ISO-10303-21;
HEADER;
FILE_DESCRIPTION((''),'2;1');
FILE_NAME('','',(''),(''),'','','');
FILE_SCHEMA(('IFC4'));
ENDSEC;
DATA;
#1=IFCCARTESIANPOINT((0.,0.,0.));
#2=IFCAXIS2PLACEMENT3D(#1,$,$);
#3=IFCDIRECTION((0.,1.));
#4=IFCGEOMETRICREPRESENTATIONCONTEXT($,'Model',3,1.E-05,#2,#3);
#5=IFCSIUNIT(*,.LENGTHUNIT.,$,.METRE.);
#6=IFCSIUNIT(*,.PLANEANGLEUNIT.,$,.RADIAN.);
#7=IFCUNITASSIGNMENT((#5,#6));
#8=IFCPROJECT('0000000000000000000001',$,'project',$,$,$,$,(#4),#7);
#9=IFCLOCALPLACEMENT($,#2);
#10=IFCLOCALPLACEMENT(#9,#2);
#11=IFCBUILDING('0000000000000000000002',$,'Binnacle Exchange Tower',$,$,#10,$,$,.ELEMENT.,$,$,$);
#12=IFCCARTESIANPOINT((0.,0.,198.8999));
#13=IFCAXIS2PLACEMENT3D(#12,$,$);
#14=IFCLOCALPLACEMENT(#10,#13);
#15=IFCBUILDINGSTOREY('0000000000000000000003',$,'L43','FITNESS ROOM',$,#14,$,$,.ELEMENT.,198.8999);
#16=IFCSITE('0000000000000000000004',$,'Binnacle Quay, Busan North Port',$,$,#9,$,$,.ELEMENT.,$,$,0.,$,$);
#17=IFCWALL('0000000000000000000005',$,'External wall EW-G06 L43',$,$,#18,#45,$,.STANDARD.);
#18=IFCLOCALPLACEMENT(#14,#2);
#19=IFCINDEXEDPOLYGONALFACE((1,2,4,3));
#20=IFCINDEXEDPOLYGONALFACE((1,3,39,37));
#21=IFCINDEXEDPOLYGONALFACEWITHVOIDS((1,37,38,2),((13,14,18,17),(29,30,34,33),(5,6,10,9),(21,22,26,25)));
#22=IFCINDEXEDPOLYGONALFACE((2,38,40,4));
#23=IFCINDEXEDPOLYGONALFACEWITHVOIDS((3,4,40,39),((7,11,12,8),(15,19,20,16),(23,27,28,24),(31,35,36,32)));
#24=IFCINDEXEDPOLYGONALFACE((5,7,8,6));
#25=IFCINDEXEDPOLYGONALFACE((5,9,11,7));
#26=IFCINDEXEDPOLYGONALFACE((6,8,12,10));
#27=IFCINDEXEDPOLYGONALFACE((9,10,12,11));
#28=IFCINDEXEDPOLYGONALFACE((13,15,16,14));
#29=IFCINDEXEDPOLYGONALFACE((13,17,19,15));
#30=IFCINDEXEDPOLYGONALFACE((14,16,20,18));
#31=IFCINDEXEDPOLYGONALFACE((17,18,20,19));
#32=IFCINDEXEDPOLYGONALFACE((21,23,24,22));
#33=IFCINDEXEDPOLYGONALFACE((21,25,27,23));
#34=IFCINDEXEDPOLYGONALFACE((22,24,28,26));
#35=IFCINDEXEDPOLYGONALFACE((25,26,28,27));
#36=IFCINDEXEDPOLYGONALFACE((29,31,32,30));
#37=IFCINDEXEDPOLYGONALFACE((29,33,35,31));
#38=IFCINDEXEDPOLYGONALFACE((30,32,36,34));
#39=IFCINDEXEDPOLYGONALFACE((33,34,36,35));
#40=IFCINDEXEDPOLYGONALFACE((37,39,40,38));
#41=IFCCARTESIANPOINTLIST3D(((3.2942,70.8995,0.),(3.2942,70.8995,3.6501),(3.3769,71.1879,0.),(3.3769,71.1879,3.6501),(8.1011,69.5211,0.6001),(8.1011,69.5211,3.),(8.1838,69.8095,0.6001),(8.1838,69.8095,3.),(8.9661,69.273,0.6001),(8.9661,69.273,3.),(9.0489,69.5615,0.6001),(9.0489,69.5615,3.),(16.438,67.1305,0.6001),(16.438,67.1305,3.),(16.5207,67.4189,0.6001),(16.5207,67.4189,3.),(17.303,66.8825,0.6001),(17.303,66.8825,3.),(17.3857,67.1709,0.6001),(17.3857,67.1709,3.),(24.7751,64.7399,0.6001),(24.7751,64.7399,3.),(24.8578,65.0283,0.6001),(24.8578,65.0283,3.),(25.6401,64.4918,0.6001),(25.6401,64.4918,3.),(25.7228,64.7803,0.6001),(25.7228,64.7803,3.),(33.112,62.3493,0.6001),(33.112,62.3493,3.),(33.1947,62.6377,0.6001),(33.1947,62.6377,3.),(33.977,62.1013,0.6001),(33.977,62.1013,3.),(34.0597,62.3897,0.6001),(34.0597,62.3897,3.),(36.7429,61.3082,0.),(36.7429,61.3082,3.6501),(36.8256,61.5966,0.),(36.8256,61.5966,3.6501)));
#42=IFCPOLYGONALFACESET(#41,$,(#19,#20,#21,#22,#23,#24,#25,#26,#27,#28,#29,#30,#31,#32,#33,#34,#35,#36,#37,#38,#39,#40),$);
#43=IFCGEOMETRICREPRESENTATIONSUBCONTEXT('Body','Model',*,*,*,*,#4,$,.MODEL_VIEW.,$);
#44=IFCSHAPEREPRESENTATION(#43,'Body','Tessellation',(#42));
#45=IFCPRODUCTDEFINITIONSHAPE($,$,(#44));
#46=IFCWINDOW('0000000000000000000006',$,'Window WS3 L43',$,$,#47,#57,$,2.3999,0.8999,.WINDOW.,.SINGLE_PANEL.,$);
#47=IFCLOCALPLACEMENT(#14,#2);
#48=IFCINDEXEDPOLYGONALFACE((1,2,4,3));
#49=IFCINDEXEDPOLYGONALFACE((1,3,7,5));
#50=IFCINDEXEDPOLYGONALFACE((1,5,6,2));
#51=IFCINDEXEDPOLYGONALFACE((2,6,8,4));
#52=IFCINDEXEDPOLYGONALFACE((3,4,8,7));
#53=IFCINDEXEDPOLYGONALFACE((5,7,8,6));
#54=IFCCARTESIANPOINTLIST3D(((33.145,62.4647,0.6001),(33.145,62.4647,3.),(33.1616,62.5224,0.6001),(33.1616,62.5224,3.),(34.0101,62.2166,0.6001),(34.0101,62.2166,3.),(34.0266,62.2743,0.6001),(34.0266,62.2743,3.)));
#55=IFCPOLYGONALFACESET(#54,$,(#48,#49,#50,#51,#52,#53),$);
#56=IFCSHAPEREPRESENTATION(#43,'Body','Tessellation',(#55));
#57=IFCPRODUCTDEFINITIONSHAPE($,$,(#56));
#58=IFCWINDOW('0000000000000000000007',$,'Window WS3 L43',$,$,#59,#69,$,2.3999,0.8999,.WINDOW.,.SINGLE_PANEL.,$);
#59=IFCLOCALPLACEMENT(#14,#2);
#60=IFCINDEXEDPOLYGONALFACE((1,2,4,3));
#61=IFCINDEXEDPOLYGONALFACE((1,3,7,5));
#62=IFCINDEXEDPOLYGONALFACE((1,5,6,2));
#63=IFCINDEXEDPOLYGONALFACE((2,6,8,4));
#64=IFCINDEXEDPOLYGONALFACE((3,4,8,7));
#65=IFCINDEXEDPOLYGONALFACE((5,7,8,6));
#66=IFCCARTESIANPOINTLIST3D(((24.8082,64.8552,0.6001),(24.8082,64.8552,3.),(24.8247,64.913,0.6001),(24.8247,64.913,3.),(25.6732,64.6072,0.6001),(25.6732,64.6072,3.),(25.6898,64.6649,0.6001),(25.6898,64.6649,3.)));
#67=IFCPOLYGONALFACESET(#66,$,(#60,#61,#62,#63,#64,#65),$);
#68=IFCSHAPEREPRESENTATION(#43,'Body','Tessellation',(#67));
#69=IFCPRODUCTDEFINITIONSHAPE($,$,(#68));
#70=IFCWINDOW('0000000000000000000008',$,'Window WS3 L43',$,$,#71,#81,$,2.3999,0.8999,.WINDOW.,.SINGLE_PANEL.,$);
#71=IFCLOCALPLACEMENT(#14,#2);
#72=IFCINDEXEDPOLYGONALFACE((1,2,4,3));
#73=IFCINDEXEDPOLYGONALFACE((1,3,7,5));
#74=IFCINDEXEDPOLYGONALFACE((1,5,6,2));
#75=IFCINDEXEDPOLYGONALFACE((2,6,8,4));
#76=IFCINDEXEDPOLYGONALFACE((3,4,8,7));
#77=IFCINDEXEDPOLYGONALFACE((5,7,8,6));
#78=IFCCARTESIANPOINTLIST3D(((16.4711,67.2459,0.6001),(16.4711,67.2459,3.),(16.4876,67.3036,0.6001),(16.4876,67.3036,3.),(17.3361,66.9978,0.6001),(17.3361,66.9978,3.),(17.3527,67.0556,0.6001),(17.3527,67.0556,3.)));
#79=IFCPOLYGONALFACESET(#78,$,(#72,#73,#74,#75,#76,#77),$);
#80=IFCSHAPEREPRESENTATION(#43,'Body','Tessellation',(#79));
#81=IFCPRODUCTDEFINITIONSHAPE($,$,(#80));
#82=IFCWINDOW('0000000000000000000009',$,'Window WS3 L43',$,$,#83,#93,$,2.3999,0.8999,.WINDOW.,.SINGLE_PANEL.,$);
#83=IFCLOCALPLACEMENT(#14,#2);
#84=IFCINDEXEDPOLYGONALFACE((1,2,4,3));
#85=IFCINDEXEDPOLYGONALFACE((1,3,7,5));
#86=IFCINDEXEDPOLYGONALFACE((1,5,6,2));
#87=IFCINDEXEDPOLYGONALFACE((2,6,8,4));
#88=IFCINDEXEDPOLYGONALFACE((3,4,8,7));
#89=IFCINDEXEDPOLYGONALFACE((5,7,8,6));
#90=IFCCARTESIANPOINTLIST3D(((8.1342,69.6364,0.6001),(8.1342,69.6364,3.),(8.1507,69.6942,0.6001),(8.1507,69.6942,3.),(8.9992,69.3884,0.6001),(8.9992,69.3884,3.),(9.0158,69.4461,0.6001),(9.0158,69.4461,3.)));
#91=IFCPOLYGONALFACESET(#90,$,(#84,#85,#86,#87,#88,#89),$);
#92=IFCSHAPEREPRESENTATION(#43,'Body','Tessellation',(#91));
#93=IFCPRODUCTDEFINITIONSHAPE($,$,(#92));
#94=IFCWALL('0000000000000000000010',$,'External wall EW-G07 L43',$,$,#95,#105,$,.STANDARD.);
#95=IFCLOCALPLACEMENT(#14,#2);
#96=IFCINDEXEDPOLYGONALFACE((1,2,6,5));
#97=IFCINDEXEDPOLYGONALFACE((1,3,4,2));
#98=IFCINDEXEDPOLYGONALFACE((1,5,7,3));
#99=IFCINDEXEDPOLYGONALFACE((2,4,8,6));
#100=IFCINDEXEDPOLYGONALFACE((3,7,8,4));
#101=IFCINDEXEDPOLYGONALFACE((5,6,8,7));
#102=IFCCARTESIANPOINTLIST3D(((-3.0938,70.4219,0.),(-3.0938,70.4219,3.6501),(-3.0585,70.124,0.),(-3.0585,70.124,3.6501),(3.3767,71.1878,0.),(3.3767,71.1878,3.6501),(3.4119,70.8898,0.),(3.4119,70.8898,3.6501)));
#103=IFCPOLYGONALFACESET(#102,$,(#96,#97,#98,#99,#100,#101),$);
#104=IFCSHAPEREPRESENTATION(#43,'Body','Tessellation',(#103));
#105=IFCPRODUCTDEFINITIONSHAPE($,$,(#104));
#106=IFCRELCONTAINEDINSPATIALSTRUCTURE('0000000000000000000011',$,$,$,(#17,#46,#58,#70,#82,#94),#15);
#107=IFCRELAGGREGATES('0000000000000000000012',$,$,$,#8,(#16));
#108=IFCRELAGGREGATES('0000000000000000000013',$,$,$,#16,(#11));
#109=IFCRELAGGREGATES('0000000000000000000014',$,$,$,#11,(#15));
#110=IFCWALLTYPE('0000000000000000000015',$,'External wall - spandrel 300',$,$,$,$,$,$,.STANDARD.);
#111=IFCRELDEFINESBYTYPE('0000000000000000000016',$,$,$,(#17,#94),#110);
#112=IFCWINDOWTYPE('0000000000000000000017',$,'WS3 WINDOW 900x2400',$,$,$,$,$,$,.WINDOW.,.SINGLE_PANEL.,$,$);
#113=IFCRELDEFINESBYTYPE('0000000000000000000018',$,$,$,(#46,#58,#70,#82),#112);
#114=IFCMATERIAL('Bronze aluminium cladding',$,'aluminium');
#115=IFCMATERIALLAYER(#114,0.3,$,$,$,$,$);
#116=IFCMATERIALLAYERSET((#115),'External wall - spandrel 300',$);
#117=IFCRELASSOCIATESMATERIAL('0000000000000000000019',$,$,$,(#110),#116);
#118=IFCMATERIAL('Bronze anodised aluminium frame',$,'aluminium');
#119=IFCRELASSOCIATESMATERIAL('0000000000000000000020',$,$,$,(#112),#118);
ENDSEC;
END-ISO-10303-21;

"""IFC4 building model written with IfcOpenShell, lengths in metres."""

from ifc_helpers import new_model, si_unit, direction, frame, frame_2d, origin, place, context, subcontext, project, spatial, rectangle, extrude, material, layer, layer_set, type_object, element, fill, save


model = new_model("IFC4")

# Units and contexts
model_context = context("Model", 3, precision=1e-05, world=origin(), true_north=direction((0.0, 1.0)))
body_context = subcontext(model_context, "Body", "Model", "MODEL_VIEW")
ifc_project = project(units=[si_unit("LENGTHUNIT", "METRE"), si_unit("PLANEANGLEUNIT", "RADIAN")], contexts=[model_context])

# Site, building, storey
site_placement = place(None, origin())
site = spatial("IfcSite", under=ifc_project, at=site_placement, Name="Binnacle Quay, Busan North Port", CompositionType="ELEMENT", RefElevation=0.0)
building_placement = place(site_placement, origin())
building = spatial("IfcBuilding", under=site, at=building_placement, Name="Binnacle Exchange Tower", CompositionType="ELEMENT")
storey_placement = place(building_placement, frame((0.0, 0.0, 198.8999)))
storey = spatial("IfcBuildingStorey", under=building, at=storey_placement, Name="L43", Description="FITNESS ROOM", CompositionType="ELEMENT", Elevation=198.8999)

# Wall, openings, windows
ifc_material_1 = material(Name="Bronze aluminium cladding", Category="aluminium")
ifc_layer = layer(ifc_material_1, 0.3)
ifc_layer_set = layer_set([ifc_layer], Name="External wall - spandrel 300")
wall_type = type_object("IfcWallType", Name="External wall - spandrel 300", PredefinedType="STANDARD", material=ifc_layer_set)
wall_1_placement = place(storey_placement, frame((3.3354, 71.0437, 0.0), z_axis=(0.0, 0.0, 1.0), x_axis=(0.961261, -0.275638, 0.0)))
wall_1 = element("IfcWall", 1, at=wall_1_placement, inside=storey, type_object=wall_type, Name="External wall EW-G06 L43", PredefinedType="STANDARD", context=body_context, shape_type="SweptSolid", body=[
    extrude(rectangle(XDim=34.7966, YDim=0.3, at=frame_2d((17.3984, 0.0))), origin(), (0.0, 0.0, 1.0), 3.6501),
])
opening_1_placement = place(wall_1_placement, frame((31.0195, 0.0, 0.6001)))
opening_1 = element("IfcOpeningElement", 2, at=opening_1_placement, cuts=wall_1, PredefinedType="OPENING", context=body_context, shape_type="SweptSolid", body=[
    extrude(rectangle(XDim=0.8999, YDim=2.3999, at=frame_2d((0.45, 1.2))), frame((0.0, 0.1599, 0.0), z_axis=(0.0, -1.0, 0.0), x_axis=(1.0, 0.0, 0.0)), (0.0, 0.0, 1.0), 0.3201),
])
opening_2_placement = place(wall_1_placement, frame((22.3467, 0.0, 0.6001)))
opening_2 = element("IfcOpeningElement", 3, at=opening_2_placement, cuts=wall_1, PredefinedType="OPENING", context=body_context, shape_type="SweptSolid", body=[
    extrude(rectangle(XDim=0.8999, YDim=2.3999, at=frame_2d((0.45, 1.2))), frame((0.0, 0.1599, 0.0), z_axis=(0.0, -1.0, 0.0), x_axis=(1.0, 0.0, 0.0)), (0.0, 0.0, 1.0), 0.3201),
])
opening_3_placement = place(wall_1_placement, frame((13.6736, 0.0, 0.6001)))
opening_3 = element("IfcOpeningElement", 4, at=opening_3_placement, cuts=wall_1, PredefinedType="OPENING", context=body_context, shape_type="SweptSolid", body=[
    extrude(rectangle(XDim=0.8999, YDim=2.3999, at=frame_2d((0.45, 1.2))), frame((0.0, 0.1599, 0.0), z_axis=(0.0, -1.0, 0.0), x_axis=(1.0, 0.0, 0.0)), (0.0, 0.0, 1.0), 0.3201),
])
opening_4_placement = place(wall_1_placement, frame((5.0007, 0.0, 0.6001)))
opening_4 = element("IfcOpeningElement", 5, at=opening_4_placement, cuts=wall_1, PredefinedType="OPENING", context=body_context, shape_type="SweptSolid", body=[
    extrude(rectangle(XDim=0.8999, YDim=2.3999, at=frame_2d((0.45, 1.2))), frame((0.0, 0.1599, 0.0), z_axis=(0.0, -1.0, 0.0), x_axis=(1.0, 0.0, 0.0)), (0.0, 0.0, 1.0), 0.3201),
])
ifc_material_2 = material(Name="Bronze anodised aluminium frame", Category="aluminium")
window_type = type_object("IfcWindowType", Name="WS3 WINDOW 900x2400", PartitioningType="SINGLE_PANEL", PredefinedType="WINDOW", material=ifc_material_2)
window_1_placement = place(opening_1_placement, origin())
window_1 = element("IfcWindow", 6, at=window_1_placement, inside=storey, type_object=window_type, Name="Window WS3 L43", OverallHeight=2.3999, OverallWidth=0.8999, PartitioningType="SINGLE_PANEL", PredefinedType="WINDOW", context=body_context, shape_type="SweptSolid", body=[
    extrude(rectangle(XDim=0.8999, YDim=2.3999, at=frame_2d((0.45, 1.2))), frame((0.0, 0.03, 0.0), z_axis=(0.0, -1.0, 0.0), x_axis=(1.0, 0.0, 0.0)), (0.0, 0.0, 1.0), 0.0601),
])
fill(opening_1, window_1)
window_2_placement = place(opening_2_placement, origin())
window_2 = element("IfcWindow", 7, at=window_2_placement, inside=storey, type_object=window_type, Name="Window WS3 L43", OverallHeight=2.3999, OverallWidth=0.8999, PartitioningType="SINGLE_PANEL", PredefinedType="WINDOW", context=body_context, shape_type="SweptSolid", body=[
    extrude(rectangle(XDim=0.8999, YDim=2.3999, at=frame_2d((0.45, 1.2))), frame((0.0, 0.03, 0.0), z_axis=(0.0, -1.0, 0.0), x_axis=(1.0, 0.0, 0.0)), (0.0, 0.0, 1.0), 0.0601),
])
fill(opening_2, window_2)
window_3_placement = place(opening_3_placement, origin())
window_3 = element("IfcWindow", 8, at=window_3_placement, inside=storey, type_object=window_type, Name="Window WS3 L43", OverallHeight=2.3999, OverallWidth=0.8999, PartitioningType="SINGLE_PANEL", PredefinedType="WINDOW", context=body_context, shape_type="SweptSolid", body=[
    extrude(rectangle(XDim=0.8999, YDim=2.3999, at=frame_2d((0.45, 1.2))), frame((0.0, 0.03, 0.0), z_axis=(0.0, -1.0, 0.0), x_axis=(1.0, 0.0, 0.0)), (0.0, 0.0, 1.0), 0.0601),
])
fill(opening_3, window_3)
window_4_placement = place(opening_4_placement, origin())
window_4 = element("IfcWindow", 9, at=window_4_placement, inside=storey, type_object=window_type, Name="Window WS3 L43", OverallHeight=2.3999, OverallWidth=0.8999, PartitioningType="SINGLE_PANEL", PredefinedType="WINDOW", context=body_context, shape_type="SweptSolid", body=[
    extrude(rectangle(XDim=0.8999, YDim=2.3999, at=frame_2d((0.45, 1.2))), frame((0.0, 0.03, 0.0), z_axis=(0.0, -1.0, 0.0), x_axis=(1.0, 0.0, 0.0)), (0.0, 0.0, 1.0), 0.0601),
])
fill(opening_4, window_4)

# Wall
wall_2_placement = place(storey_placement, frame((-3.0762, 70.2729, 0.0), z_axis=(0.0, 0.0, 1.0), x_axis=(0.993068, 0.117543, 0.0)))
element("IfcWall", 10, at=wall_2_placement, inside=storey, type_object=wall_type, Name="External wall EW-G07 L43", PredefinedType="STANDARD", context=body_context, shape_type="SweptSolid", body=[
    extrude(rectangle(XDim=6.5156, YDim=0.3, at=frame_2d((3.2578, 0.0))), origin(), (0.0, 0.0, 1.0), 3.6501),
])

save(model, "model.ifc")
